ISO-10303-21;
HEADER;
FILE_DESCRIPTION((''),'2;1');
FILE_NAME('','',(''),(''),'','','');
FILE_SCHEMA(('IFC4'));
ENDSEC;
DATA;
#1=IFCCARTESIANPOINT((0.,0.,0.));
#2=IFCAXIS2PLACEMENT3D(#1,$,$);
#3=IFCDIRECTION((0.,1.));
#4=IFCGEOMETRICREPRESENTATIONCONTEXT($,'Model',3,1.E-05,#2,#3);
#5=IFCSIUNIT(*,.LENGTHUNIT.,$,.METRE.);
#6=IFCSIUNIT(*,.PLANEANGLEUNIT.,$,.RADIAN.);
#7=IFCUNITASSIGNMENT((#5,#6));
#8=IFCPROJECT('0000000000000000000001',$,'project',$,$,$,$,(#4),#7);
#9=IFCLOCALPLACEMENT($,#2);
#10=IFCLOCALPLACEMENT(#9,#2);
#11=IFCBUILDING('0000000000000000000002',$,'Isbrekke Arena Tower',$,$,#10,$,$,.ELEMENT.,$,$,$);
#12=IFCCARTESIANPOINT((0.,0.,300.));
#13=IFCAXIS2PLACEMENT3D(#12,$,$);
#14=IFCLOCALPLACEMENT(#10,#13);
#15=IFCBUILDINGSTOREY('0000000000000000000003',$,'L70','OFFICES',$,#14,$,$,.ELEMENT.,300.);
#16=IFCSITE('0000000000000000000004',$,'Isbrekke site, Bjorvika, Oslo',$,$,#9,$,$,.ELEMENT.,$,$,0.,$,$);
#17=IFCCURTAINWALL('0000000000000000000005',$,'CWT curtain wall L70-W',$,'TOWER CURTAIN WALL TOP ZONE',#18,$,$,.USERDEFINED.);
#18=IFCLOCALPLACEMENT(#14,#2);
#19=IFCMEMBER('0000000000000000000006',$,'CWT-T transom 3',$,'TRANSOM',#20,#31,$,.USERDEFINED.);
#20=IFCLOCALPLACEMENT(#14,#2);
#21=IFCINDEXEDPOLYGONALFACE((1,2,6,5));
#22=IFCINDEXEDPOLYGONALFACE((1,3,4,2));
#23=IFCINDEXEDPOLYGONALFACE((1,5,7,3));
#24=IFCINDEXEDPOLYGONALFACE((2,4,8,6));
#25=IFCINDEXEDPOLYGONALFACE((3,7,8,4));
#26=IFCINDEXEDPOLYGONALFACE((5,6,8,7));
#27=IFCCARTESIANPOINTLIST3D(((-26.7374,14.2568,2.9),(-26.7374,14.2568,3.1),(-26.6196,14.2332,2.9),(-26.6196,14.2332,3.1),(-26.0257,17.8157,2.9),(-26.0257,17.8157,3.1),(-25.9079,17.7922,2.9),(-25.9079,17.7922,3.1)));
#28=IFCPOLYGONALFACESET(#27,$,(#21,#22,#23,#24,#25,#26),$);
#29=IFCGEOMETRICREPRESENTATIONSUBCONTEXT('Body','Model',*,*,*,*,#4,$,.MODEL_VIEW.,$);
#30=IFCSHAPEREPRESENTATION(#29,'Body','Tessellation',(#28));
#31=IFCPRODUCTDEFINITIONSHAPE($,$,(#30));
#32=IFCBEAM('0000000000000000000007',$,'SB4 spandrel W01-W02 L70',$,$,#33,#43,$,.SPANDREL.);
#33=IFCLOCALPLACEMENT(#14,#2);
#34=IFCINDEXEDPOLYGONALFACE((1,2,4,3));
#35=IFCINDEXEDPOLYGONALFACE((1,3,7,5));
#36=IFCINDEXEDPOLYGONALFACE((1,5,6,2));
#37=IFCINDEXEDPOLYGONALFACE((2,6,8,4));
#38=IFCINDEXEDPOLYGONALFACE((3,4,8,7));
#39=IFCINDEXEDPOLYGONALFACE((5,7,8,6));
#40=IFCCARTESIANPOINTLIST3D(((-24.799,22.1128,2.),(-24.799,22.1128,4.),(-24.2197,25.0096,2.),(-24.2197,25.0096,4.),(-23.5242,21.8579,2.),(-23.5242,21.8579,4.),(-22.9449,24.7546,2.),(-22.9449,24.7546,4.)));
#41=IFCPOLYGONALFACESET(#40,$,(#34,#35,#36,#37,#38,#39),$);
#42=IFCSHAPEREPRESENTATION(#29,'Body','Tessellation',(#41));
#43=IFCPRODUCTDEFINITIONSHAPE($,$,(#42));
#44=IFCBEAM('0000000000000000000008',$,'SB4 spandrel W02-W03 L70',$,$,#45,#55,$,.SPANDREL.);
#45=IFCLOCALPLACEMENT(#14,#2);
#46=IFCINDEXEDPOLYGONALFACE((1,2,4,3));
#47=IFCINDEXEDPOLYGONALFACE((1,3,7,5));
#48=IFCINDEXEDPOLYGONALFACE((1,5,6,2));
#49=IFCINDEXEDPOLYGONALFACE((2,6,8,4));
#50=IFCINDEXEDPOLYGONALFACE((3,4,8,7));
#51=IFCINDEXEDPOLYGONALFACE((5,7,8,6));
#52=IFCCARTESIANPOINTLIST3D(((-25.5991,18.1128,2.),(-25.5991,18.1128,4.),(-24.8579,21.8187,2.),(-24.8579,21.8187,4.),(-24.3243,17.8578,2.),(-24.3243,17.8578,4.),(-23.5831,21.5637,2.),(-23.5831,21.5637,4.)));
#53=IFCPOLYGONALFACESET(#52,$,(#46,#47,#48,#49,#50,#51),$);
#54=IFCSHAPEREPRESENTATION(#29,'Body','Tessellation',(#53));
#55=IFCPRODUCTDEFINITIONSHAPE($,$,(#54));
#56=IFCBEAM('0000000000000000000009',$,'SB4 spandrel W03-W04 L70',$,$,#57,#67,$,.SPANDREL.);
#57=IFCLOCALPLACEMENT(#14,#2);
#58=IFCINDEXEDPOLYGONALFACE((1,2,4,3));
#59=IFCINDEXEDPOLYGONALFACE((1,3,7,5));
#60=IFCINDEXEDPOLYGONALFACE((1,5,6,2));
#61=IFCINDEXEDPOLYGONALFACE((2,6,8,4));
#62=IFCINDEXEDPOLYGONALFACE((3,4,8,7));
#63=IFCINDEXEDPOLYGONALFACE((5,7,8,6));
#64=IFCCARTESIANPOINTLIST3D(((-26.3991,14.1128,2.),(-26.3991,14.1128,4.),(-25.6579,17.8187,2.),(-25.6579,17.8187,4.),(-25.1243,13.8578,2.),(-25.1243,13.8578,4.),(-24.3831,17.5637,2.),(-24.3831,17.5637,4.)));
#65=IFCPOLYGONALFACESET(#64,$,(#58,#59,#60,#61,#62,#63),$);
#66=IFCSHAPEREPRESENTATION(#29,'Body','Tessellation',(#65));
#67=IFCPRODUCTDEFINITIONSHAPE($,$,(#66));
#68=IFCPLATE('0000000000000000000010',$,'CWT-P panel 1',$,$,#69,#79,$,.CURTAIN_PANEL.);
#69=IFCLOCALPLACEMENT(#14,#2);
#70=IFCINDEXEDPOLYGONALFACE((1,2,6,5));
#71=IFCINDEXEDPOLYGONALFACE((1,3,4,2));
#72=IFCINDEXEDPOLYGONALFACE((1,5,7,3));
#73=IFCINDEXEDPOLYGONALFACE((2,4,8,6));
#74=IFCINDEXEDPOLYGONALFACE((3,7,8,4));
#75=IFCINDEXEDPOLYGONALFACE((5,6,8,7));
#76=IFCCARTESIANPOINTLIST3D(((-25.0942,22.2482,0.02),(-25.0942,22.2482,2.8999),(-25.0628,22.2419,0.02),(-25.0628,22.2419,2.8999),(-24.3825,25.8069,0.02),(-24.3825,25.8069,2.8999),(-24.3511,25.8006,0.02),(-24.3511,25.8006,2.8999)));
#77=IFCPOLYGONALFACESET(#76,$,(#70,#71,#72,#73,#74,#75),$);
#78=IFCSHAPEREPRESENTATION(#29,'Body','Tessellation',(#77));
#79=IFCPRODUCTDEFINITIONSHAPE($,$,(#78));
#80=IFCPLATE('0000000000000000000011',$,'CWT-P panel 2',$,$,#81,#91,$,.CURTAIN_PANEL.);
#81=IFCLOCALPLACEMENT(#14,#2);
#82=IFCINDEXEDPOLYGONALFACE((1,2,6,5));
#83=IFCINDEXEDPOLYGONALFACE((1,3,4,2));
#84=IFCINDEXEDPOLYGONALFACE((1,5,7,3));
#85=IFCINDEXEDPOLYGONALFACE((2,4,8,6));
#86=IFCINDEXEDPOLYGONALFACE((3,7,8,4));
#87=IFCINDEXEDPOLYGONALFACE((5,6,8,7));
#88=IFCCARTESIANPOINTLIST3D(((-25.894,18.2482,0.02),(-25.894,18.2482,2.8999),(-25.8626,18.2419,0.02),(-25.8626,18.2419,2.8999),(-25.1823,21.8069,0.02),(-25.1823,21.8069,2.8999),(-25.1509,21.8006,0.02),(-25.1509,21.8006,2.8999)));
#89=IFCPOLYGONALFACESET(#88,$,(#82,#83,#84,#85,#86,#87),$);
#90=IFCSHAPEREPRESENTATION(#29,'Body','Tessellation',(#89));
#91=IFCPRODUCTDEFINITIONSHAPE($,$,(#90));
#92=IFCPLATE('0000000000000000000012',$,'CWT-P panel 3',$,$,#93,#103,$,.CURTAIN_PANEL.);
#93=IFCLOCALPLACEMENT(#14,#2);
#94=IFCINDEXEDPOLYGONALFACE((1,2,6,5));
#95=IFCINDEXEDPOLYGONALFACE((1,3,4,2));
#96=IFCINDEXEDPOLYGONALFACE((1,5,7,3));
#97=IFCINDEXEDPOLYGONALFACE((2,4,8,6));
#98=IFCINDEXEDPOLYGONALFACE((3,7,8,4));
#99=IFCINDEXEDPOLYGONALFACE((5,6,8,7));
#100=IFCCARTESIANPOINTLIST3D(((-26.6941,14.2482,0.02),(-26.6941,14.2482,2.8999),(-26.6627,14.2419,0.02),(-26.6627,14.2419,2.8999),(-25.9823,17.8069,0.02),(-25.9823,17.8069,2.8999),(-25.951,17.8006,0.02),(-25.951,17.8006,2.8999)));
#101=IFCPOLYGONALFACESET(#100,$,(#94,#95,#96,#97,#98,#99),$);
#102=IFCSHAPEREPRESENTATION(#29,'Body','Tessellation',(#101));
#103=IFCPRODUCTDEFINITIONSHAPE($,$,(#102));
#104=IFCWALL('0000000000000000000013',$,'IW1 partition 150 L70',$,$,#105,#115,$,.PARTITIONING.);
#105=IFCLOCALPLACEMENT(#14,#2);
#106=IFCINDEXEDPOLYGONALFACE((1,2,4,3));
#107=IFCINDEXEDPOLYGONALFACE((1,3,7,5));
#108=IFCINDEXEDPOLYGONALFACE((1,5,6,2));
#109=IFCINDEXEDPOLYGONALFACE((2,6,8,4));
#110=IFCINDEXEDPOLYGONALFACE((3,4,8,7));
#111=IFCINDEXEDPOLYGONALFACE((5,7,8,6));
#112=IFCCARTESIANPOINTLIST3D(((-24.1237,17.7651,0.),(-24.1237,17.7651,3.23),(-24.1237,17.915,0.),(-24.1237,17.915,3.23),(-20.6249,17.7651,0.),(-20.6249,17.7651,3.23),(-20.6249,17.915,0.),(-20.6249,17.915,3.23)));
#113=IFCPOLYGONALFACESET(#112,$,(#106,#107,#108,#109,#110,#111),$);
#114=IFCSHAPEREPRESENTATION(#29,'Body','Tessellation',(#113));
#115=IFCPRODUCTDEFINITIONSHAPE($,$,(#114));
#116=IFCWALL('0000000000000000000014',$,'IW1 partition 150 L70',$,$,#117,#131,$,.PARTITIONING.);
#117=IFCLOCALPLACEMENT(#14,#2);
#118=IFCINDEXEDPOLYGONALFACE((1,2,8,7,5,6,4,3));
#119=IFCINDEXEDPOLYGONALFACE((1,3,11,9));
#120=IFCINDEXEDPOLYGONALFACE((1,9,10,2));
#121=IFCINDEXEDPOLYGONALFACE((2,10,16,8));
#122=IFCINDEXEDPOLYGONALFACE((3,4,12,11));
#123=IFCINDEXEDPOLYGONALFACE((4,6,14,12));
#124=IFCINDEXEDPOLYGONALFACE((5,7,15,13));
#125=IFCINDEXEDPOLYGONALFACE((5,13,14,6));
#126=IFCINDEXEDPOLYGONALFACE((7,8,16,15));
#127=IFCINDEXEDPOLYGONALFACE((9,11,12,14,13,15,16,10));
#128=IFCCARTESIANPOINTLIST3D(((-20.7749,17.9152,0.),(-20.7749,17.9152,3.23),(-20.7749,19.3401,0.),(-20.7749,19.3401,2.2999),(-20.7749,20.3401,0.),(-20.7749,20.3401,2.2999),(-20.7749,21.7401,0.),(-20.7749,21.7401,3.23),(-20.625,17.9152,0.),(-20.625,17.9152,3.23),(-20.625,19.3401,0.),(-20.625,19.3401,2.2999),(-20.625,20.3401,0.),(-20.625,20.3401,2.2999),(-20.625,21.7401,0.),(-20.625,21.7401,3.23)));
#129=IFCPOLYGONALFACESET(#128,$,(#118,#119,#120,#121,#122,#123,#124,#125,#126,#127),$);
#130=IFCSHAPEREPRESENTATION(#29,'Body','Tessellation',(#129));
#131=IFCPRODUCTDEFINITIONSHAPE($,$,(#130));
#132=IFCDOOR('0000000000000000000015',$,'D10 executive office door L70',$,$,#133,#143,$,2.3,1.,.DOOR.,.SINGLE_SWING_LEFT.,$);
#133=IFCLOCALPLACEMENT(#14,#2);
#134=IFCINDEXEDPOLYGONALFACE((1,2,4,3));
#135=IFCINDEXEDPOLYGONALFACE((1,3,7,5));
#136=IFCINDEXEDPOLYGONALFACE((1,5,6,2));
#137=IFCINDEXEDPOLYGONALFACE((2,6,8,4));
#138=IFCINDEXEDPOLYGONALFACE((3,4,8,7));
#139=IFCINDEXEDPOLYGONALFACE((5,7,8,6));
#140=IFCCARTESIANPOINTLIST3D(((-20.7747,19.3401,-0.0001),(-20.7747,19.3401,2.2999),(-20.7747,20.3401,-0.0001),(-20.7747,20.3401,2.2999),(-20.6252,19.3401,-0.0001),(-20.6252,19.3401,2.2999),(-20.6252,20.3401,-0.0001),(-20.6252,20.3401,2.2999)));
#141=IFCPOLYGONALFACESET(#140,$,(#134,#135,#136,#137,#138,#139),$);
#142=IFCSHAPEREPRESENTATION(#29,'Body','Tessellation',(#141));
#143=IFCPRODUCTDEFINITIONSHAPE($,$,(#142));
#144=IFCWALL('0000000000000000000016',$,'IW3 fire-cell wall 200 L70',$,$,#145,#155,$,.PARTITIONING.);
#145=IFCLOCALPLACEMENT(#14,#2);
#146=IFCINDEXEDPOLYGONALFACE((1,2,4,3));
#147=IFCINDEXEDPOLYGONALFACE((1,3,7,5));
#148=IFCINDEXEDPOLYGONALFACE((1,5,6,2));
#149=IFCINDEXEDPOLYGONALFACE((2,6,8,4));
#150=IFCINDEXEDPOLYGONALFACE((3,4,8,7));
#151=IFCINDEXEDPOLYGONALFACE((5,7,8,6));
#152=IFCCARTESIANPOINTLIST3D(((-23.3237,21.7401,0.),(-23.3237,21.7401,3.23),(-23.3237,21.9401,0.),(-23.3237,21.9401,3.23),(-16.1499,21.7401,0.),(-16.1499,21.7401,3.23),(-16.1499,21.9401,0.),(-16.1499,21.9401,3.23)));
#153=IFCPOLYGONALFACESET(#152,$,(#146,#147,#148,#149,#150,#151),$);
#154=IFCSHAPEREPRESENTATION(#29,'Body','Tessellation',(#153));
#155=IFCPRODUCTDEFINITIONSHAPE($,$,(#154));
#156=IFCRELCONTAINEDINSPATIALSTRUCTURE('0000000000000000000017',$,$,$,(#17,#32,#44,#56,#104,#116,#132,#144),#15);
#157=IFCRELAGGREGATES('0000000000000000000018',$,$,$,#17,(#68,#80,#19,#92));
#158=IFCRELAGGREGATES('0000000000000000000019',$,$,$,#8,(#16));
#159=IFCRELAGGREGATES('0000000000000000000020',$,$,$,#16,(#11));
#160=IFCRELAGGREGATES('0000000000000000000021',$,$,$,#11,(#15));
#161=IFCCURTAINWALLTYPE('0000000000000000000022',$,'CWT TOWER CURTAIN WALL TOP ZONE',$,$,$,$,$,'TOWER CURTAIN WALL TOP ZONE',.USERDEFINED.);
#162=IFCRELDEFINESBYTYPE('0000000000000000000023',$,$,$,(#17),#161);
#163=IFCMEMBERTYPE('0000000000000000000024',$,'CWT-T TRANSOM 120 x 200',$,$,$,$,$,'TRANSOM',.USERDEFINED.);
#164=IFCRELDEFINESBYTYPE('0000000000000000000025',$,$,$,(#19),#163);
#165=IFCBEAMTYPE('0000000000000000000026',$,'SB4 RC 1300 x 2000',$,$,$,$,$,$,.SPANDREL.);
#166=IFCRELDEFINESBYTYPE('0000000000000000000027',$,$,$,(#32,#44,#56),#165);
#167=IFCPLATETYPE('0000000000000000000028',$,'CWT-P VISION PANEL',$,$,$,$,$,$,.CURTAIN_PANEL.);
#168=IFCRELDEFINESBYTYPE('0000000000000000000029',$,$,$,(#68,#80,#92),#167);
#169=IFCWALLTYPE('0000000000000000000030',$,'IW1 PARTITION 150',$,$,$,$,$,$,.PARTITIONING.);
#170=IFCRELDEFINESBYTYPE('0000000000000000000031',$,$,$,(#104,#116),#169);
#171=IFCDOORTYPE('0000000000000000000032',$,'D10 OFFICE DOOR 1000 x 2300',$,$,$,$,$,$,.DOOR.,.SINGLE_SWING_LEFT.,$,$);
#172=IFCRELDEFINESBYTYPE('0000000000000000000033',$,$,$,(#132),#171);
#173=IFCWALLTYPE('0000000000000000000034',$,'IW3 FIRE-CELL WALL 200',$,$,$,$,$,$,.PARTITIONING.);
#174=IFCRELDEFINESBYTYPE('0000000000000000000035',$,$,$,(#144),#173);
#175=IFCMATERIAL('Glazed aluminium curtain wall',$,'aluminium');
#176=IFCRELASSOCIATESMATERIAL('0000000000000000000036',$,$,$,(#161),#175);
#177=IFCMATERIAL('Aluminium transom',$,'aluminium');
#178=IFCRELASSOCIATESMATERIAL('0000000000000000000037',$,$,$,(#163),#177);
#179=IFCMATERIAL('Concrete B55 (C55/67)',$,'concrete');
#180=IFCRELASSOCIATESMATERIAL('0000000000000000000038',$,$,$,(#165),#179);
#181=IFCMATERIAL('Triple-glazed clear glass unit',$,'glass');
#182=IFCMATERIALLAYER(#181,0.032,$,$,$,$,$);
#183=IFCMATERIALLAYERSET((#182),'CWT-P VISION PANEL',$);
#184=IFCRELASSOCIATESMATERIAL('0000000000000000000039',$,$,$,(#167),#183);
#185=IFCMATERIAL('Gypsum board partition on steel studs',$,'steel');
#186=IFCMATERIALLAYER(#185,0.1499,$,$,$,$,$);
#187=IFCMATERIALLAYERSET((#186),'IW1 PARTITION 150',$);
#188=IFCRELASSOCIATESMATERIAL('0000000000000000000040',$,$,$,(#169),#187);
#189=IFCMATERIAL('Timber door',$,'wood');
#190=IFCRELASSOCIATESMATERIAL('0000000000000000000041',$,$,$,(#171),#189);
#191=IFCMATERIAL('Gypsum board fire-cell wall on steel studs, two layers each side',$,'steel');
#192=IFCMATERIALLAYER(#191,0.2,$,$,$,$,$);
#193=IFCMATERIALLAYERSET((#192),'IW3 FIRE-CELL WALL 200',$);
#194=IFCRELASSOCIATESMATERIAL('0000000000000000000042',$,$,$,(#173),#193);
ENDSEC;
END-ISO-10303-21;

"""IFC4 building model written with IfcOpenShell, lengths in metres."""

from ifc_helpers import new_model, si_unit, direction, frame, frame_2d, origin, origin_2d, place, context, subcontext, project, spatial, rectangle, extrude, material, layer, layer_set, material_profile, profile_set, type_object, element, fill, aggregate, save


model = new_model("IFC4")

# Units and contexts
model_context = context("Model", 3, precision=1e-05, world=origin(), true_north=direction((0.0, 1.0)))
body_context = subcontext(model_context, "Body", "Model", "MODEL_VIEW")
ifc_project = project(units=[si_unit("LENGTHUNIT", "METRE"), si_unit("PLANEANGLEUNIT", "RADIAN")], contexts=[model_context])

# Site, building, storey
site_placement = place(None, origin())
site = spatial("IfcSite", under=ifc_project, at=site_placement, Name="Isbrekke site, Bjorvika, Oslo", CompositionType="ELEMENT", RefElevation=0.0)
building_placement = place(site_placement, origin())
building = spatial("IfcBuilding", under=site, at=building_placement, Name="Isbrekke Arena Tower", CompositionType="ELEMENT")
storey_placement = place(building_placement, frame((0.0, 0.0, 300.0)))
storey = spatial("IfcBuildingStorey", under=building, at=storey_placement, Name="L70", Description="OFFICES", CompositionType="ELEMENT", Elevation=300.0)

# Curtain wall, member
ifc_material_1 = material(Name="Glazed aluminium curtain wall", Category="aluminium")
curtain_wall_type = type_object("IfcCurtainWallType", Name="CWT TOWER CURTAIN WALL TOP ZONE", ElementType="TOWER CURTAIN WALL TOP ZONE", PredefinedType="USERDEFINED", material=ifc_material_1)
curtain_wall_placement = place(storey_placement, origin())
curtain_wall = element("IfcCurtainWall", 1, at=curtain_wall_placement, inside=storey, type_object=curtain_wall_type, Name="CWT curtain wall L70-W", ObjectType="TOWER CURTAIN WALL TOP ZONE", PredefinedType="USERDEFINED")
ifc_material_2 = material(Name="Aluminium transom", Category="aluminium")
ifc_material_profile_1 = material_profile(ifc_material_2, rectangle(XDim=0.1201, YDim=0.2, at=origin_2d()), Name="TRANSOM 120X200")
ifc_profile_set_1 = profile_set([ifc_material_profile_1], Name="Aluminium transom")
member_type_1 = type_object("IfcMemberType", Name="CWT-T TRANSOM 120 x 200", ElementType="TRANSOM", PredefinedType="USERDEFINED", material=ifc_profile_set_1)
member_1_placement = place(storey_placement, frame((-25.9668, 17.804, 3.0), z_axis=(-0.19609, -0.980586, 0.0), x_axis=(0.980586, -0.19609, 0.0)))
member_1 = element("IfcMember", 2, at=member_1_placement, type_object=member_type_1, Name="CWT-T transom 3", ObjectType="TRANSOM", PredefinedType="USERDEFINED", context=body_context, shape_type="SweptSolid", body=[
    extrude(rectangle(XDim=0.1201, YDim=0.2, at=origin_2d()), origin(), (0.0, 0.0, 1.0), 3.6294),
])

# Beams
ifc_material_3 = material(Name="Concrete B55 (C55/67)", Category="concrete")
ifc_material_profile_2 = material_profile(ifc_material_3, rectangle(XDim=1.3, YDim=2.0, at=origin_2d()), Name="RC 1300x2000")
ifc_profile_set_2 = profile_set([ifc_material_profile_2], Name="Concrete B55 (C55/67)")
beam_type_1 = type_object("IfcBeamType", Name="SB4 RC 1300 x 2000", PredefinedType="SPANDREL", material=ifc_profile_set_2)
beam_1_placement = place(storey_placement, frame((-23.5823, 24.8821, 3.0), z_axis=(-0.196116, -0.980581, 0.0), x_axis=(0.980581, -0.196116, 0.0)))
element("IfcBeam", 3, at=beam_1_placement, inside=storey, type_object=beam_type_1, Name="SB4 spandrel W01-W02 L70", PredefinedType="SPANDREL", context=body_context, shape_type="SweptSolid", body=[
    extrude(rectangle(XDim=1.3, YDim=2.0, at=origin_2d()), origin(), (0.0, 0.0, 1.0), 2.9541),
])
for number, where, z_axis, x_axis, name in (
    (4, (-24.2205, 21.6912, 3.0), (-0.196129, -0.980578, 0.0), (0.980578, -0.196129, 0.0), "SB4 spandrel W02-W03 L70"),
    (5, (-25.0205, 17.6912, 3.0), (-0.196129, -0.980578, 0.0), (0.980578, -0.196129, 0.0), "SB4 spandrel W03-W04 L70"),
):
    element("IfcBeam", number, at=place(storey_placement, frame(where, z_axis=z_axis, x_axis=x_axis)), inside=storey, type_object=beam_type_1, Name=name, PredefinedType="SPANDREL", context=body_context, shape_type="SweptSolid", body=[
        extrude(rectangle(XDim=1.3, YDim=2.0, at=origin_2d()), origin(), (0.0, 0.0, 1.0), 3.7793),
    ])

# Plates
ifc_material_4 = material(Name="Triple-glazed clear glass unit", Category="glass")
ifc_layer_1 = layer(ifc_material_4, 0.032)
ifc_layer_set_1 = layer_set([ifc_layer_1], Name="CWT-P VISION PANEL")
plate_type = type_object("IfcPlateType", Name="CWT-P VISION PANEL", PredefinedType="CURTAIN_PANEL", material=ifc_layer_set_1)
plate_1_placement = place(storey_placement, frame((-24.7227, 24.0244, 0.02), z_axis=(0.0, 0.0, 1.0), x_axis=(-0.196116, -0.980581, 0.0)))
plate_1 = element("IfcPlate", 6, at=plate_1_placement, type_object=plate_type, Name="CWT-P panel 1", PredefinedType="CURTAIN_PANEL", context=body_context, shape_type="SweptSolid", body=[
    extrude(rectangle(XDim=3.6292, YDim=0.032, at=origin_2d()), origin(), (0.0, 0.0, 1.0), 2.8799),
])
plate_2_placement = place(storey_placement, frame((-25.5225, 20.0244, 0.02), z_axis=(0.0, 0.0, 1.0), x_axis=(-0.196116, -0.980581, 0.0)))
plate_2 = element("IfcPlate", 7, at=plate_2_placement, type_object=plate_type, Name="CWT-P panel 2", PredefinedType="CURTAIN_PANEL", context=body_context, shape_type="SweptSolid", body=[
    extrude(rectangle(XDim=3.6292, YDim=0.032, at=origin_2d()), origin(), (0.0, 0.0, 1.0), 2.8799),
])
plate_3_placement = place(storey_placement, frame((-26.3225, 16.0244, 0.02), z_axis=(0.0, 0.0, 1.0), x_axis=(-0.196116, -0.980581, 0.0)))
plate_3 = element("IfcPlate", 8, at=plate_3_placement, type_object=plate_type, Name="CWT-P panel 3", PredefinedType="CURTAIN_PANEL", context=body_context, shape_type="SweptSolid", body=[
    extrude(rectangle(XDim=3.6292, YDim=0.032, at=origin_2d()), origin(), (0.0, 0.0, 1.0), 2.8799),
])
aggregate(curtain_wall, [plate_1, plate_2, member_1, plate_3])

# Wall
ifc_material_5 = material(Name="Gypsum board partition on steel studs", Category="steel")
ifc_layer_2 = layer(ifc_material_5, 0.1499)
ifc_layer_set_2 = layer_set([ifc_layer_2], Name="IW1 PARTITION 150")
wall_type_1 = type_object("IfcWallType", Name="IW1 PARTITION 150", PredefinedType="PARTITIONING", material=ifc_layer_set_2)
wall_1_placement = place(storey_placement, frame((-24.1238, 17.8401, 0.0), z_axis=(0.0, 0.0, 1.0), x_axis=(1.0, 0.0, 0.0)))
element("IfcWall", 9, at=wall_1_placement, inside=storey, type_object=wall_type_1, Name="IW1 partition 150 L70", PredefinedType="PARTITIONING", context=body_context, shape_type="SweptSolid", body=[
    extrude(rectangle(XDim=3.4988, YDim=0.1499, at=frame_2d((1.7495, 0.0))), origin(), (0.0, 0.0, 1.0), 3.23),
])

# Wall, opening, door
wall_2_placement = place(storey_placement, frame((-20.7, 17.915, 0.0), z_axis=(0.0, 0.0, 1.0), x_axis=(0.0, 1.0, 0.0)))
wall_2 = element("IfcWall", 10, at=wall_2_placement, inside=storey, type_object=wall_type_1, Name="IW1 partition 150 L70", PredefinedType="PARTITIONING", context=body_context, shape_type="SweptSolid", body=[
    extrude(rectangle(XDim=3.825, YDim=0.1499, at=frame_2d((1.9126, 0.0))), origin(), (0.0, 0.0, 1.0), 3.23),
])
opening_placement = place(wall_2_placement, frame((1.425, 0.0, 0.0)))
opening = element("IfcOpeningElement", 11, at=opening_placement, cuts=wall_2, PredefinedType="OPENING", context=body_context, shape_type="SweptSolid", body=[
    extrude(rectangle(XDim=1.0, YDim=2.3, at=frame_2d((0.5, 1.1499))), frame((0.0, 0.0898, 0.0), z_axis=(0.0, -1.0, 0.0), x_axis=(1.0, 0.0, 0.0)), (0.0, 0.0, 1.0), 0.1797),
])
ifc_material_6 = material(Name="Timber door", Category="wood")
door_type = type_object("IfcDoorType", Name="D10 OFFICE DOOR 1000 x 2300", OperationType="SINGLE_SWING_LEFT", PredefinedType="DOOR", material=ifc_material_6)
door_placement = place(opening_placement, origin())
door = element("IfcDoor", 12, at=door_placement, inside=storey, type_object=door_type, Name="D10 executive office door L70", OperationType="SINGLE_SWING_LEFT", OverallHeight=2.3, OverallWidth=1.0, PredefinedType="DOOR", context=body_context, shape_type="SweptSolid", body=[
    extrude(rectangle(XDim=1.0, YDim=2.3, at=frame_2d((0.5, 1.1499))), frame((0.0, 0.0747, 0.0), z_axis=(0.0, -1.0, 0.0), x_axis=(1.0, 0.0, 0.0)), (0.0, 0.0, 1.0), 0.1494),
])
fill(opening, door)

# Wall
ifc_material_7 = material(Name="Gypsum board fire-cell wall on steel studs, two layers each side", Category="steel")
ifc_layer_3 = layer(ifc_material_7, 0.2)
ifc_layer_set_3 = layer_set([ifc_layer_3], Name="IW3 FIRE-CELL WALL 200")
wall_type_2 = type_object("IfcWallType", Name="IW3 FIRE-CELL WALL 200", PredefinedType="PARTITIONING", material=ifc_layer_set_3)
wall_3_placement = place(storey_placement, frame((-23.3237, 21.8401, 0.0), z_axis=(0.0, 0.0, 1.0), x_axis=(1.0, 0.0, 0.0)))
element("IfcWall", 13, at=wall_3_placement, inside=storey, type_object=wall_type_2, Name="IW3 fire-cell wall 200 L70", PredefinedType="PARTITIONING", context=body_context, shape_type="SweptSolid", body=[
    extrude(rectangle(XDim=7.1738, YDim=0.2, at=frame_2d((3.5869, 0.0))), origin(), (0.0, 0.0, 1.0), 3.23),
])

save(model, "model.ifc")
